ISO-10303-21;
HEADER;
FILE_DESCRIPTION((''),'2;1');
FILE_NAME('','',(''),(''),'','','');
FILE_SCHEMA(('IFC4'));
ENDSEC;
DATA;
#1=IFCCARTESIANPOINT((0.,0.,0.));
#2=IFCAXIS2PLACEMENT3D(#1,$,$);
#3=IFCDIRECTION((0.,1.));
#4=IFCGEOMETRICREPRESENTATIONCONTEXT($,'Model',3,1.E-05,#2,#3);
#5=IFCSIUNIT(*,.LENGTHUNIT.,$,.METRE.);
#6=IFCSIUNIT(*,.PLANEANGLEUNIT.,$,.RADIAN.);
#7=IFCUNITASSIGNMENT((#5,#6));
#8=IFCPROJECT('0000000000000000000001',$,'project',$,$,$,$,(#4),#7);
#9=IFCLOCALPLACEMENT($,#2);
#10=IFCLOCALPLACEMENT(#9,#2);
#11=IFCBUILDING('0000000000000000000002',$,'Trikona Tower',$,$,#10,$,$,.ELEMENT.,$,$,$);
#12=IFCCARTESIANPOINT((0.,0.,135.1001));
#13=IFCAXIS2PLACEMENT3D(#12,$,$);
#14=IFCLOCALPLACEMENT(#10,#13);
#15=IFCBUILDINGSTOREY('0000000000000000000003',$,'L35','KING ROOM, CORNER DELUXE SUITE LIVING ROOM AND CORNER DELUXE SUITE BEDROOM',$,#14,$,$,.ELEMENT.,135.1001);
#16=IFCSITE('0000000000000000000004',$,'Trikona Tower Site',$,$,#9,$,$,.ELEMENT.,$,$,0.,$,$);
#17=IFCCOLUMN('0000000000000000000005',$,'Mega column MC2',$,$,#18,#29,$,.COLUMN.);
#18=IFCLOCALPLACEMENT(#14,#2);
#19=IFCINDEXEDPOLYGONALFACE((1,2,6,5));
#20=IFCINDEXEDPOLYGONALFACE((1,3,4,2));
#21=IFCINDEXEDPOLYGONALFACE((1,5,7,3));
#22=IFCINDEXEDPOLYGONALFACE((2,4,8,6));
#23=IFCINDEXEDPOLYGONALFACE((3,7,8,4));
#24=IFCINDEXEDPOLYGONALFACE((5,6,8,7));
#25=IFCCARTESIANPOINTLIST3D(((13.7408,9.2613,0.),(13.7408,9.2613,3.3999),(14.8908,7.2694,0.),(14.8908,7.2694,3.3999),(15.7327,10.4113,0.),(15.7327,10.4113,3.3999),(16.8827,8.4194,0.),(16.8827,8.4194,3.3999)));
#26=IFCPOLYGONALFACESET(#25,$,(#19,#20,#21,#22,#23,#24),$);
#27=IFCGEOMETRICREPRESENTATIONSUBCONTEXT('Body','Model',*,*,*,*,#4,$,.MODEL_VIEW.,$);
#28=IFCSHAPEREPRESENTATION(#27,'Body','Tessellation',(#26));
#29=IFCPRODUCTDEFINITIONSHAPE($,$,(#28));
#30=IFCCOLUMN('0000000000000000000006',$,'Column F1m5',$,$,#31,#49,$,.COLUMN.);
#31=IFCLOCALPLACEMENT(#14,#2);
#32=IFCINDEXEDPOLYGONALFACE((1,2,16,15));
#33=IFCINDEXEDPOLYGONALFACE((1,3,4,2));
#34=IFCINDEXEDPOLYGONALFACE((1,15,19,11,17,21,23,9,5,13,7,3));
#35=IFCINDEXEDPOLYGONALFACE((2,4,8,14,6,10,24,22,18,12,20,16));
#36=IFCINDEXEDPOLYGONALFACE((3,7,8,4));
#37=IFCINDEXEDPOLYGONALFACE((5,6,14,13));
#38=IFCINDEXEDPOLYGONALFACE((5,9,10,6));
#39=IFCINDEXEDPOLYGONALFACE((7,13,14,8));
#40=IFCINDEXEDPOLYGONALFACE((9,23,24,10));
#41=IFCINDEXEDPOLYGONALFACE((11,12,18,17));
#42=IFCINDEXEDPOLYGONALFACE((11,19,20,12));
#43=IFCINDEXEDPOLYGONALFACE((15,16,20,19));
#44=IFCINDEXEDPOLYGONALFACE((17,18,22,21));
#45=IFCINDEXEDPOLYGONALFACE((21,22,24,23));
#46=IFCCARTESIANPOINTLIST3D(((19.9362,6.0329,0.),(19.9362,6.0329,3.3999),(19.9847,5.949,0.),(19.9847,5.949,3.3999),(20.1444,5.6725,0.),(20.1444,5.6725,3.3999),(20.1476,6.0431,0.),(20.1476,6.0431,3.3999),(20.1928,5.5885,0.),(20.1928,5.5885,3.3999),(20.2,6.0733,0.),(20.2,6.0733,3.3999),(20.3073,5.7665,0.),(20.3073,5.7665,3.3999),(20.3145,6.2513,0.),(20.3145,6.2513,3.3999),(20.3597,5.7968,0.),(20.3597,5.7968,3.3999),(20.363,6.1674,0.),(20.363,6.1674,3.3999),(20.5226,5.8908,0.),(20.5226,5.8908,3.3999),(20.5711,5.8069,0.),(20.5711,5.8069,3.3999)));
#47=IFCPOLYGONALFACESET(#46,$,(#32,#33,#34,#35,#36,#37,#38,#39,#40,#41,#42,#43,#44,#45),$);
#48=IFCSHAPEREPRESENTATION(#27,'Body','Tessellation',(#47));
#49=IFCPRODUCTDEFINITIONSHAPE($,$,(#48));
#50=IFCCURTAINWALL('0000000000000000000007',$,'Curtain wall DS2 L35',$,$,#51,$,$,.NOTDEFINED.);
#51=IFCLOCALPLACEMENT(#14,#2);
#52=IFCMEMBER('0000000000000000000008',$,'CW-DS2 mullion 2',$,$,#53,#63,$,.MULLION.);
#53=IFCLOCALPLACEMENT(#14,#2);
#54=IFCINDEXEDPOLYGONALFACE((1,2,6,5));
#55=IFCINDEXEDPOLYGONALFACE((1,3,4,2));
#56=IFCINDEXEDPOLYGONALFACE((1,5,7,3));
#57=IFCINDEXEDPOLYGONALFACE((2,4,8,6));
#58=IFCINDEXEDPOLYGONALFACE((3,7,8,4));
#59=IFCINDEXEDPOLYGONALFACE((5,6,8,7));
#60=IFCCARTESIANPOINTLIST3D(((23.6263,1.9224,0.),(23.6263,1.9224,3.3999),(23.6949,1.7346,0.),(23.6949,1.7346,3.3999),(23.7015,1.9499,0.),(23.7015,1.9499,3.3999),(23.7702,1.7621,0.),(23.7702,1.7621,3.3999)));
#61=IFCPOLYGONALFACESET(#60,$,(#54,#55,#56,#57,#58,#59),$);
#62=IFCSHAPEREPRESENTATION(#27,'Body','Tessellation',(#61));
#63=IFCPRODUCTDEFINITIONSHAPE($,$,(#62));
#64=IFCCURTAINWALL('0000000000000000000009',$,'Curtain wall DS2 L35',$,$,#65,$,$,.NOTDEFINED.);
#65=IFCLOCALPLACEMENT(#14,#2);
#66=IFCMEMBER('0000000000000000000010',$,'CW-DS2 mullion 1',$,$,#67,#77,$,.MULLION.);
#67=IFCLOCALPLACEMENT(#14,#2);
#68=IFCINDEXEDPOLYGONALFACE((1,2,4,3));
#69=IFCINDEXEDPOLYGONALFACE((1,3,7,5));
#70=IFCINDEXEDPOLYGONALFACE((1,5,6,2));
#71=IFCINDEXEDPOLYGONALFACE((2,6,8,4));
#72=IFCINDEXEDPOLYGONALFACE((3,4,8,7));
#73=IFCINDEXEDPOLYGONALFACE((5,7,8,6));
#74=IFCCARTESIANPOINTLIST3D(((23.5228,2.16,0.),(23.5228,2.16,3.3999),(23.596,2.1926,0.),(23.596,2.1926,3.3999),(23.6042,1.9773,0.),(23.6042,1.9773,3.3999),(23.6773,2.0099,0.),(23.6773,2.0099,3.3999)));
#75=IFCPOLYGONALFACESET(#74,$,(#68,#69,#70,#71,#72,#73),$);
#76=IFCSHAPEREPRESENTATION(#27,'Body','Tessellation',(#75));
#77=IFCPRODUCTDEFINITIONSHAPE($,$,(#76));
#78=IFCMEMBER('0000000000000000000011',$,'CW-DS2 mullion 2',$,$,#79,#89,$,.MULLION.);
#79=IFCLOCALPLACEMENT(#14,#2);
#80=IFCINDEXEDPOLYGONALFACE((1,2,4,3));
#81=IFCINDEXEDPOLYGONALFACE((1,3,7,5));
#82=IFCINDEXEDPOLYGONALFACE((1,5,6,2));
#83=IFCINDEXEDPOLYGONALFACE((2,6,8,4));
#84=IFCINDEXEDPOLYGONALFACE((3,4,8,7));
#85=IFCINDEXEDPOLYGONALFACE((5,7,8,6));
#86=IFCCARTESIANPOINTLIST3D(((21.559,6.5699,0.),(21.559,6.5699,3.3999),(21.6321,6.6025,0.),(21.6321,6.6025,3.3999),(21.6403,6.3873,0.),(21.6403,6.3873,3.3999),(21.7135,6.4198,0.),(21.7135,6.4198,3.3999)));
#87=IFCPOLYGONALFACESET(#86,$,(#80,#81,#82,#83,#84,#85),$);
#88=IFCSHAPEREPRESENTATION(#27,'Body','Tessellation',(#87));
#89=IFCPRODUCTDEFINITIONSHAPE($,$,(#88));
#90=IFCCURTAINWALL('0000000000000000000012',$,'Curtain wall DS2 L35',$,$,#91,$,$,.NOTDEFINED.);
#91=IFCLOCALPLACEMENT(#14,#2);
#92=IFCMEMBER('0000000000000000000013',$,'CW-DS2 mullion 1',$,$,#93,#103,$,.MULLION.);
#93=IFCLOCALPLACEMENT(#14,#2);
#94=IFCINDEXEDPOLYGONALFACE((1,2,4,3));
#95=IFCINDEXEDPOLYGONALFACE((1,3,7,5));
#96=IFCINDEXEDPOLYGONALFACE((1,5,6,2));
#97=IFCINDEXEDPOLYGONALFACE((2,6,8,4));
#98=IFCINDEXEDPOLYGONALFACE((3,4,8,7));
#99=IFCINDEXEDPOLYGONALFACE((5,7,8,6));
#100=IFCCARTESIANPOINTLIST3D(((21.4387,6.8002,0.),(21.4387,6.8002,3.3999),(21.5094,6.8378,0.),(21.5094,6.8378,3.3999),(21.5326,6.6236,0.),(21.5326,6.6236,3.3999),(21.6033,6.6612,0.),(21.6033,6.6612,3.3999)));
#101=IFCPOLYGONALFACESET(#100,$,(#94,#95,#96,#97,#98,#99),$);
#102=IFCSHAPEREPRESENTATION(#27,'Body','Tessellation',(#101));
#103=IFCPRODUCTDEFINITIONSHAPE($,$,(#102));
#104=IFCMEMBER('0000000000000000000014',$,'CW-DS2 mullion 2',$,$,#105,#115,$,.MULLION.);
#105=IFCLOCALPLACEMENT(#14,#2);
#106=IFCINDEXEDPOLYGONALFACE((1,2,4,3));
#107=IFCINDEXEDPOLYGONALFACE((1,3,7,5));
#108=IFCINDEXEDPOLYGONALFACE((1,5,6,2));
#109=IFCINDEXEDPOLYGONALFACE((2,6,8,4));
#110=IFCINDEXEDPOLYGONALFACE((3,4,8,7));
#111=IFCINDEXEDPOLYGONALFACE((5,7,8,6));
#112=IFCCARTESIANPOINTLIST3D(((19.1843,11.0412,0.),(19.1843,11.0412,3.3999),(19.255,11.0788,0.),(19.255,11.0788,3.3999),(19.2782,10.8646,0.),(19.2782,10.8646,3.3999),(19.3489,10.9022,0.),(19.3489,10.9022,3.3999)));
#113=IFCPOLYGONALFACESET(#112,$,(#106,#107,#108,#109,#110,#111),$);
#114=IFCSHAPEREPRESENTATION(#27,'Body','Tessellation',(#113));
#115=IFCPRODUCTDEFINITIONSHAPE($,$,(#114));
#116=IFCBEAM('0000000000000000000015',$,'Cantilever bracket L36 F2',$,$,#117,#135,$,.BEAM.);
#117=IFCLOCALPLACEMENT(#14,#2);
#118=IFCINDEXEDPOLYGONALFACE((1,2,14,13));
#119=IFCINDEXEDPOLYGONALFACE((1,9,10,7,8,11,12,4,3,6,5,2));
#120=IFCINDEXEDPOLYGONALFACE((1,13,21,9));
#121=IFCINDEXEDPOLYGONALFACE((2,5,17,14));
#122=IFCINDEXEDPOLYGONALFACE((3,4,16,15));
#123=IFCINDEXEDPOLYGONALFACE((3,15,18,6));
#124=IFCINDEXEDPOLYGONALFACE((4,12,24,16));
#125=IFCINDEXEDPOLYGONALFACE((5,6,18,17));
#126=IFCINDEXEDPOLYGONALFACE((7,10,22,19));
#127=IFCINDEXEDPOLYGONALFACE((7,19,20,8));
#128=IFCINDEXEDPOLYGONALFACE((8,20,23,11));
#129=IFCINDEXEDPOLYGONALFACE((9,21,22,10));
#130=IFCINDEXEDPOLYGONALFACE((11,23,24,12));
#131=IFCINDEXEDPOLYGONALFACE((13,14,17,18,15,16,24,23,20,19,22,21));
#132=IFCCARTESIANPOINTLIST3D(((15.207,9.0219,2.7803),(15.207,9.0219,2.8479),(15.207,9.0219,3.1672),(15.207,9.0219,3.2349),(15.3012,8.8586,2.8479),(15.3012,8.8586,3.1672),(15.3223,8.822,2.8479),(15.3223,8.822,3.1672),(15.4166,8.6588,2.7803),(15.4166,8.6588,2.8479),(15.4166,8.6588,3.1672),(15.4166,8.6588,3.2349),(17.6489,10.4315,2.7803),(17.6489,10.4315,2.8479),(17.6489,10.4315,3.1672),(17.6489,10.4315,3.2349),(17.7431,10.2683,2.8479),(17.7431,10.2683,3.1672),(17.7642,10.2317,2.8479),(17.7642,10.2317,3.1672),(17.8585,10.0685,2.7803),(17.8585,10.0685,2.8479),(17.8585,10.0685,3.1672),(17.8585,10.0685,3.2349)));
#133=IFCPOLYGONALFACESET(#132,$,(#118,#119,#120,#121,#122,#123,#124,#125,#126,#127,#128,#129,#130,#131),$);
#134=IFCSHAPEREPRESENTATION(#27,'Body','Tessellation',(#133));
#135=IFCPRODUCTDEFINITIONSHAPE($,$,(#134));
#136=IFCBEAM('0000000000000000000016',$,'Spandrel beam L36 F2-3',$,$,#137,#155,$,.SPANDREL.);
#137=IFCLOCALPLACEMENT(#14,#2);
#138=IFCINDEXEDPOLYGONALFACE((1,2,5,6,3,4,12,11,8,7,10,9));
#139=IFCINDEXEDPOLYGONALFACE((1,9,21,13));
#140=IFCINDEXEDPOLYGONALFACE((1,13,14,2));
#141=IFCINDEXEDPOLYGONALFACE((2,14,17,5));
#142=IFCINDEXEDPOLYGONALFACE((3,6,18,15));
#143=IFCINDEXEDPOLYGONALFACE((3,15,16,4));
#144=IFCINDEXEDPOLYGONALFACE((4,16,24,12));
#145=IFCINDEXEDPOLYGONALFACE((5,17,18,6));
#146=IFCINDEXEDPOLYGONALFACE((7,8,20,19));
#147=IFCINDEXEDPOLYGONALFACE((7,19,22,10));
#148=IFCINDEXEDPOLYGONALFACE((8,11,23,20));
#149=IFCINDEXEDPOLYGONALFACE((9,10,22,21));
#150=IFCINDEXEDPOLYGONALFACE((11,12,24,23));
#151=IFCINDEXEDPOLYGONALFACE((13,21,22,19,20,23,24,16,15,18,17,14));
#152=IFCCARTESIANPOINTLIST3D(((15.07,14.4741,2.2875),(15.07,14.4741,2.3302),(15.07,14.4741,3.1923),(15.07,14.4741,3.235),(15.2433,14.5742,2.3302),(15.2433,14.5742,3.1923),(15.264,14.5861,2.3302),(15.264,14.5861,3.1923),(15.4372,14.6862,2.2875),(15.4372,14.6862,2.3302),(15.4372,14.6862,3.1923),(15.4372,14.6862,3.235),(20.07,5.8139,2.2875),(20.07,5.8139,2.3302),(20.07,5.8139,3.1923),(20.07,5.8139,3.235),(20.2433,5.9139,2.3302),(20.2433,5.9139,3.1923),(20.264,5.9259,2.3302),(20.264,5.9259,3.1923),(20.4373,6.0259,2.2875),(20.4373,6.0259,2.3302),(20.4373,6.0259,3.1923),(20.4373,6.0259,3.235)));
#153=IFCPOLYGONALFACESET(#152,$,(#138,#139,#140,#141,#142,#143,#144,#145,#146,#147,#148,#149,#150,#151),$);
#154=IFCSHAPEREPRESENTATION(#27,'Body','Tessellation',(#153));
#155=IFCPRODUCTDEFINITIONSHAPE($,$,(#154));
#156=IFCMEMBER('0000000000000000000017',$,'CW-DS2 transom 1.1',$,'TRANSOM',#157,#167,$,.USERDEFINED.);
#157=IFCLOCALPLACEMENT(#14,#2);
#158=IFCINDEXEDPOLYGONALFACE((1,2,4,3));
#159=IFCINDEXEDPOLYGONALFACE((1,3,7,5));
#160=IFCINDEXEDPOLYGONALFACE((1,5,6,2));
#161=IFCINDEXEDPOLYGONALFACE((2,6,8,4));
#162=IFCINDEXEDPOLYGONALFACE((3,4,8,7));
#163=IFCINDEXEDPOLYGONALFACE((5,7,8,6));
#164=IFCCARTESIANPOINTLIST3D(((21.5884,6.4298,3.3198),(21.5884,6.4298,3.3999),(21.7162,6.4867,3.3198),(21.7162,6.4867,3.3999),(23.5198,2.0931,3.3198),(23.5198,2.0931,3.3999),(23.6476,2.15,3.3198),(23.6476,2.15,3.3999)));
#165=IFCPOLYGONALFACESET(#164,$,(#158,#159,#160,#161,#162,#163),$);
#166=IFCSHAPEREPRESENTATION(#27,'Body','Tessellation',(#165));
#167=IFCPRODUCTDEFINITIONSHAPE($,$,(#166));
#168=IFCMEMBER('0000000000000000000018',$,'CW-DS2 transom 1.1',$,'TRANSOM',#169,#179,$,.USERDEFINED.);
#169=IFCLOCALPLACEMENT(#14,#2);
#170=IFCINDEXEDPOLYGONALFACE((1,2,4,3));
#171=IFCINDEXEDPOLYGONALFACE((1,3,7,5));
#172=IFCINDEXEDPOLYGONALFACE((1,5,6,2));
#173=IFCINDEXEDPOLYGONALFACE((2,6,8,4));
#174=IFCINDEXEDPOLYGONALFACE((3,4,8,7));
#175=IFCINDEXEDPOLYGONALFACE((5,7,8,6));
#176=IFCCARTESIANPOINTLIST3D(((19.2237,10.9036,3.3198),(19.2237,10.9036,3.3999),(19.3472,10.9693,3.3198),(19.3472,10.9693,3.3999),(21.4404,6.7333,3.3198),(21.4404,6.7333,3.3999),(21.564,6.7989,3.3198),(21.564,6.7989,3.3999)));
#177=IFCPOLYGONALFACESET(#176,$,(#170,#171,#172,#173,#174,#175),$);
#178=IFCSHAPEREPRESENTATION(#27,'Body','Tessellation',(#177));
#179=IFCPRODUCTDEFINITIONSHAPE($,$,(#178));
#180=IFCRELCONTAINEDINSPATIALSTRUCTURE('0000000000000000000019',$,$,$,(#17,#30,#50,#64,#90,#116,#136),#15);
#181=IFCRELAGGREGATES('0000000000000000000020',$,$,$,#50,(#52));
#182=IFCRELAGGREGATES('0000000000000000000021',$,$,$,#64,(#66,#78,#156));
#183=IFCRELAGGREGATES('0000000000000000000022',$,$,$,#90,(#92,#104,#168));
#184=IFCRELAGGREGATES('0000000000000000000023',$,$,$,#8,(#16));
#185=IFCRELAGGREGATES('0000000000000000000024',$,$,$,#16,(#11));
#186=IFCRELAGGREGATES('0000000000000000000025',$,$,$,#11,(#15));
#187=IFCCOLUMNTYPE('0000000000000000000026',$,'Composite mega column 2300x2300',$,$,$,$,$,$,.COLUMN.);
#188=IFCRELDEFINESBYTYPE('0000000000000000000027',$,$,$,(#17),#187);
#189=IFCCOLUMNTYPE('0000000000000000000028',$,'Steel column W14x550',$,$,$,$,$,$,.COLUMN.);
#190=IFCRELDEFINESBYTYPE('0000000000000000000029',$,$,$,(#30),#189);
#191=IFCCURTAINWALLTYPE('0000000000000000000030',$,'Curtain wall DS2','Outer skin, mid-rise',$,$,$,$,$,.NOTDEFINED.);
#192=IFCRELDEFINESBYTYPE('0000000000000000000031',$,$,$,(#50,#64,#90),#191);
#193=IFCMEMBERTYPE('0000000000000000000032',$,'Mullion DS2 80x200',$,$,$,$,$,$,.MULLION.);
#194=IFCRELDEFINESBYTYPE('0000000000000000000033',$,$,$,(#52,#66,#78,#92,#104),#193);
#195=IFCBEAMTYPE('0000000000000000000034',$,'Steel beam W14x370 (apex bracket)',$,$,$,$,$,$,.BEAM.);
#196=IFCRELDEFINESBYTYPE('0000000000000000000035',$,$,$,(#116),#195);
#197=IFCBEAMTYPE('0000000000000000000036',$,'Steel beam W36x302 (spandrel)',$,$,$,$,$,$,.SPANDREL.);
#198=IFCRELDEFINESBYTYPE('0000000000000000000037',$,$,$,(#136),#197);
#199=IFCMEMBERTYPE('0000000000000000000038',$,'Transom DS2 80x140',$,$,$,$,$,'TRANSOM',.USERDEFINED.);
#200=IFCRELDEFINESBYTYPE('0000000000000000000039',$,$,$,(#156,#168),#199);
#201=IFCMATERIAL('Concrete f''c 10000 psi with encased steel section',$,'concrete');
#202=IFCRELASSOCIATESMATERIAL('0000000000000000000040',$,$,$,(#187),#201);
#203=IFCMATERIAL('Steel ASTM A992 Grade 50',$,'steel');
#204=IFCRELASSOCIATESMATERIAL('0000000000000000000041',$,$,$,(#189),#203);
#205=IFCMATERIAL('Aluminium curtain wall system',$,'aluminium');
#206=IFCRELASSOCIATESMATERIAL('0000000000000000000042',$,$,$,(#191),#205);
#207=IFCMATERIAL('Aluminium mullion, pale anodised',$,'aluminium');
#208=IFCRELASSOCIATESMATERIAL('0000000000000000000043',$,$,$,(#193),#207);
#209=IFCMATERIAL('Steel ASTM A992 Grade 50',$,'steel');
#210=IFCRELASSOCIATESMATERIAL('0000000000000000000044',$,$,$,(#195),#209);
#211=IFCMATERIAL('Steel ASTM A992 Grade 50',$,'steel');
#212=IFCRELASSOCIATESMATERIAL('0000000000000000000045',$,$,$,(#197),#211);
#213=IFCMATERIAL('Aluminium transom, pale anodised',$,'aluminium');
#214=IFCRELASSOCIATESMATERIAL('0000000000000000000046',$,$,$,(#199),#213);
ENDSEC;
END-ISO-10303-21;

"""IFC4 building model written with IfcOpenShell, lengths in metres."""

from ifc_helpers import new_model, si_unit, direction, frame, origin, origin_2d, place, context, subcontext, project, spatial, rectangle, i_section, extrude, material, material_profile, profile_set, type_object, element, aggregate, save


model = new_model("IFC4")

# Units and contexts
model_context = context("Model", 3, precision=1e-05, world=origin(), true_north=direction((0.0, 1.0)))
body_context = subcontext(model_context, "Body", "Model", "MODEL_VIEW")
ifc_project = project(units=[si_unit("LENGTHUNIT", "METRE"), si_unit("PLANEANGLEUNIT", "RADIAN")], contexts=[model_context])

# Site, building, storey
site_placement = place(None, origin())
site = spatial("IfcSite", under=ifc_project, at=site_placement, Name="Trikona Tower Site", CompositionType="ELEMENT", RefElevation=0.0)
building_placement = place(site_placement, origin())
building = spatial("IfcBuilding", under=site, at=building_placement, Name="Trikona Tower", CompositionType="ELEMENT")
storey_placement = place(building_placement, frame((0.0, 0.0, 135.1001)))
storey = spatial("IfcBuildingStorey", under=building, at=storey_placement, Name="L35", Description="KING ROOM, CORNER DELUXE SUITE LIVING ROOM AND CORNER DELUXE SUITE BEDROOM", CompositionType="ELEMENT", Elevation=135.1001)

# Columns
ifc_material_1 = material(Name="Concrete f'c 10000 psi with encased steel section", Category="concrete")
ifc_material_profile_1 = material_profile(ifc_material_1, rectangle(XDim=2.3, YDim=2.3, at=origin_2d()), Name="MC2300")
ifc_profile_set_1 = profile_set([ifc_material_profile_1], Name="Concrete f'c 10000 psi with encased steel section")
column_type_1 = type_object("IfcColumnType", Name="Composite mega column 2300x2300", PredefinedType="COLUMN", material=ifc_profile_set_1)
column_1_placement = place(storey_placement, frame((15.3118, 8.8403, 0.0), z_axis=(0.0, 0.0, 1.0), x_axis=(0.866025, 0.5, 0.0)))
element("IfcColumn", 1, at=column_1_placement, inside=storey, type_object=column_type_1, Name="Mega column MC2", PredefinedType="COLUMN", context=body_context, shape_type="SweptSolid", body=[
    extrude(rectangle(XDim=2.3, YDim=2.3, at=origin_2d()), origin(), (0.0, 0.0, 1.0), 3.3999),
])
ifc_material_2 = material(Name="Steel ASTM A992 Grade 50", Category="steel")
ifc_material_profile_2 = material_profile(ifc_material_2, i_section(OverallWidth=0.4368, OverallDepth=0.5132, WebThickness=0.0605, FlangeThickness=0.0969, at=origin_2d()), Name="W14X550")
ifc_profile_set_2 = profile_set([ifc_material_profile_2], Name="Steel ASTM A992 Grade 50")
column_type_2 = type_object("IfcColumnType", Name="Steel column W14x550", PredefinedType="COLUMN", material=ifc_profile_set_2)
column_2_placement = place(storey_placement, frame((20.2537, 5.9199, 0.0), z_axis=(0.0, 0.0, 1.0), x_axis=(0.866025, 0.5, 0.0)))
element("IfcColumn", 2, at=column_2_placement, inside=storey, type_object=column_type_2, Name="Column F1m5", PredefinedType="COLUMN", context=body_context, shape_type="SweptSolid", body=[
    extrude(i_section(OverallWidth=0.4368, OverallDepth=0.5132, WebThickness=0.0605, FlangeThickness=0.0969, at=origin_2d()), origin(), (0.0, 0.0, 1.0), 3.3999),
])

# Curtain wall, member
ifc_material_3 = material(Name="Aluminium curtain wall system", Category="aluminium")
curtain_wall_type = type_object("IfcCurtainWallType", Name="Curtain wall DS2", Description="Outer skin, mid-rise", PredefinedType="NOTDEFINED", material=ifc_material_3)
curtain_wall_1_placement = place(storey_placement, origin())
curtain_wall_1 = element("IfcCurtainWall", 3, at=curtain_wall_1_placement, inside=storey, type_object=curtain_wall_type, Name="Curtain wall DS2 L35", PredefinedType="NOTDEFINED")
ifc_material_4 = material(Name="Aluminium mullion, pale anodised", Category="aluminium")
ifc_material_profile_3 = material_profile(ifc_material_4, rectangle(XDim=0.0801, YDim=0.2, at=origin_2d()), Name="MUL-DS2")
ifc_profile_set_3 = profile_set([ifc_material_profile_3], Name="Aluminium mullion, pale anodised")
member_type_1 = type_object("IfcMemberType", Name="Mullion DS2 80x200", PredefinedType="MULLION", material=ifc_profile_set_3)
member_1_placement = place(storey_placement, frame((23.6982, 1.8423, 0.0), z_axis=(0.0, 0.0, 1.0), x_axis=(-0.939254, -0.343223, 0.0)))
member_1 = element("IfcMember", 4, at=member_1_placement, type_object=member_type_1, Name="CW-DS2 mullion 2", PredefinedType="MULLION", context=body_context, shape_type="SweptSolid", body=[
    extrude(rectangle(XDim=0.0801, YDim=0.2, at=origin_2d()), origin(), (0.0, 0.0, 1.0), 3.3999),
])
aggregate(curtain_wall_1, [member_1])

# Curtain walls, members
curtain_wall_2_placement = place(storey_placement, origin())
curtain_wall_2 = element("IfcCurtainWall", 5, at=curtain_wall_2_placement, inside=storey, type_object=curtain_wall_type, Name="Curtain wall DS2 L35", PredefinedType="NOTDEFINED")
member_2_placement = place(storey_placement, frame((23.6001, 2.085, 0.0), z_axis=(0.0, 0.0, 1.0), x_axis=(-0.913501, -0.406836, 0.0)))
member_2 = element("IfcMember", 6, at=member_2_placement, type_object=member_type_1, Name="CW-DS2 mullion 1", PredefinedType="MULLION", context=body_context, shape_type="SweptSolid", body=[
    extrude(rectangle(XDim=0.0801, YDim=0.2, at=origin_2d()), origin(), (0.0, 0.0, 1.0), 3.3999),
])
member_3_placement = place(storey_placement, frame((21.6362, 6.4949, 0.0), z_axis=(0.0, 0.0, 1.0), x_axis=(-0.913501, -0.406836, 0.0)))
member_3 = element("IfcMember", 7, at=member_3_placement, type_object=member_type_1, Name="CW-DS2 mullion 2", PredefinedType="MULLION", context=body_context, shape_type="SweptSolid", body=[
    extrude(rectangle(XDim=0.0801, YDim=0.2, at=origin_2d()), origin(), (0.0, 0.0, 1.0), 3.3999),
])
curtain_wall_3_placement = place(storey_placement, origin())
curtain_wall_3 = element("IfcCurtainWall", 8, at=curtain_wall_3_placement, inside=storey, type_object=curtain_wall_type, Name="Curtain wall DS2 L35", PredefinedType="NOTDEFINED")
member_4_placement = place(storey_placement, frame((21.521, 6.7307, 0.0), z_axis=(0.0, 0.0, 1.0), x_axis=(-0.882996, -0.46938, 0.0)))
member_4 = element("IfcMember", 9, at=member_4_placement, type_object=member_type_1, Name="CW-DS2 mullion 1", PredefinedType="MULLION", context=body_context, shape_type="SweptSolid", body=[
    extrude(rectangle(XDim=0.0801, YDim=0.2, at=origin_2d()), origin(), (0.0, 0.0, 1.0), 3.3999),
])
member_5_placement = place(storey_placement, frame((19.2666, 10.9717, 0.0), z_axis=(0.0, 0.0, 1.0), x_axis=(-0.882996, -0.46938, 0.0)))
member_5 = element("IfcMember", 10, at=member_5_placement, type_object=member_type_1, Name="CW-DS2 mullion 2", PredefinedType="MULLION", context=body_context, shape_type="SweptSolid", body=[
    extrude(rectangle(XDim=0.0801, YDim=0.2, at=origin_2d()), origin(), (0.0, 0.0, 1.0), 3.3999),
])

# Beams
ifc_material_5 = material(Name="Steel ASTM A992 Grade 50", Category="steel")
ifc_material_profile_4 = material_profile(ifc_material_5, i_section(OverallWidth=0.4192, OverallDepth=0.4546, WebThickness=0.0422, FlangeThickness=0.0676, at=origin_2d()), Name="W14X370")
ifc_profile_set_4 = profile_set([ifc_material_profile_4], Name="Steel ASTM A992 Grade 50")
beam_type_1 = type_object("IfcBeamType", Name="Steel beam W14x370 (apex bracket)", PredefinedType="BEAM", material=ifc_profile_set_4)
beam_1_placement = place(storey_placement, frame((15.3118, 8.8403, 3.0076), z_axis=(0.86605, 0.499957, 0.0), x_axis=(-0.499957, 0.86605, 0.0)))
element("IfcBeam", 11, at=beam_1_placement, inside=storey, type_object=beam_type_1, Name="Cantilever bracket L36 F2", PredefinedType="BEAM", context=body_context, shape_type="SweptSolid", body=[
    extrude(i_section(OverallWidth=0.4192, OverallDepth=0.4546, WebThickness=0.0422, FlangeThickness=0.0676, at=origin_2d()), origin(), (0.0, 0.0, 1.0), 2.8196),
])
ifc_material_6 = material(Name="Steel ASTM A992 Grade 50", Category="steel")
ifc_material_profile_5 = material_profile(ifc_material_6, i_section(OverallWidth=0.4241, OverallDepth=0.9475, WebThickness=0.0239, FlangeThickness=0.0427, at=origin_2d()), Name="W36X302")
ifc_profile_set_5 = profile_set([ifc_material_profile_5], Name="Steel ASTM A992 Grade 50")
beam_type_2 = type_object("IfcBeamType", Name="Steel beam W36x302 (spandrel)", PredefinedType="SPANDREL", material=ifc_profile_set_5)
beam_2_placement = place(storey_placement, frame((20.2537, 5.9199, 2.7612), z_axis=(-0.500004, 0.866023, 0.0), x_axis=(-0.866023, -0.500004, 0.0)))
element("IfcBeam", 12, at=beam_2_placement, inside=storey, type_object=beam_type_2, Name="Spandrel beam L36 F2-3", PredefinedType="SPANDREL", context=body_context, shape_type="SweptSolid", body=[
    extrude(i_section(OverallWidth=0.4241, OverallDepth=0.9475, WebThickness=0.0239, FlangeThickness=0.0427, at=origin_2d()), origin(), (0.0, 0.0, 1.0), 10.0),
])

# Members
ifc_material_7 = material(Name="Aluminium transom, pale anodised", Category="aluminium")
ifc_material_profile_6 = material_profile(ifc_material_7, rectangle(XDim=0.1399, YDim=0.0801, at=origin_2d()), Name="TRN-DS2")
ifc_profile_set_6 = profile_set([ifc_material_profile_6], Name="Aluminium transom, pale anodised")
member_type_2 = type_object("IfcMemberType", Name="Transom DS2 80x140", ElementType="TRANSOM", PredefinedType="USERDEFINED", material=ifc_profile_set_6)
member_6_placement = place(storey_placement, frame((23.5837, 2.1216, 3.3599), z_axis=(-0.40684, 0.9135, 0.0), x_axis=(-0.9135, -0.40684, 0.0)))
member_6 = element("IfcMember", 13, at=member_6_placement, type_object=member_type_2, Name="CW-DS2 transom 1.1", ObjectType="TRANSOM", PredefinedType="USERDEFINED", context=body_context, shape_type="SweptSolid", body=[
    extrude(rectangle(XDim=0.1399, YDim=0.0801, at=origin_2d()), origin(), (0.0, 0.0, 1.0), 4.7473),
])
member_7_placement = place(storey_placement, frame((21.5022, 6.7661, 3.3599), z_axis=(-0.469364, 0.883005, 0.0), x_axis=(-0.883005, -0.469364, 0.0)))
member_7 = element("IfcMember", 14, at=member_7_placement, type_object=member_type_2, Name="CW-DS2 transom 1.1", ObjectType="TRANSOM", PredefinedType="USERDEFINED", context=body_context, shape_type="SweptSolid", body=[
    extrude(rectangle(XDim=0.1399, YDim=0.0801, at=origin_2d()), origin(), (0.0, 0.0, 1.0), 4.7229),
])

aggregate(curtain_wall_2, [member_2, member_3, member_6])
aggregate(curtain_wall_3, [member_4, member_5, member_7])

save(model, "model.ifc")
